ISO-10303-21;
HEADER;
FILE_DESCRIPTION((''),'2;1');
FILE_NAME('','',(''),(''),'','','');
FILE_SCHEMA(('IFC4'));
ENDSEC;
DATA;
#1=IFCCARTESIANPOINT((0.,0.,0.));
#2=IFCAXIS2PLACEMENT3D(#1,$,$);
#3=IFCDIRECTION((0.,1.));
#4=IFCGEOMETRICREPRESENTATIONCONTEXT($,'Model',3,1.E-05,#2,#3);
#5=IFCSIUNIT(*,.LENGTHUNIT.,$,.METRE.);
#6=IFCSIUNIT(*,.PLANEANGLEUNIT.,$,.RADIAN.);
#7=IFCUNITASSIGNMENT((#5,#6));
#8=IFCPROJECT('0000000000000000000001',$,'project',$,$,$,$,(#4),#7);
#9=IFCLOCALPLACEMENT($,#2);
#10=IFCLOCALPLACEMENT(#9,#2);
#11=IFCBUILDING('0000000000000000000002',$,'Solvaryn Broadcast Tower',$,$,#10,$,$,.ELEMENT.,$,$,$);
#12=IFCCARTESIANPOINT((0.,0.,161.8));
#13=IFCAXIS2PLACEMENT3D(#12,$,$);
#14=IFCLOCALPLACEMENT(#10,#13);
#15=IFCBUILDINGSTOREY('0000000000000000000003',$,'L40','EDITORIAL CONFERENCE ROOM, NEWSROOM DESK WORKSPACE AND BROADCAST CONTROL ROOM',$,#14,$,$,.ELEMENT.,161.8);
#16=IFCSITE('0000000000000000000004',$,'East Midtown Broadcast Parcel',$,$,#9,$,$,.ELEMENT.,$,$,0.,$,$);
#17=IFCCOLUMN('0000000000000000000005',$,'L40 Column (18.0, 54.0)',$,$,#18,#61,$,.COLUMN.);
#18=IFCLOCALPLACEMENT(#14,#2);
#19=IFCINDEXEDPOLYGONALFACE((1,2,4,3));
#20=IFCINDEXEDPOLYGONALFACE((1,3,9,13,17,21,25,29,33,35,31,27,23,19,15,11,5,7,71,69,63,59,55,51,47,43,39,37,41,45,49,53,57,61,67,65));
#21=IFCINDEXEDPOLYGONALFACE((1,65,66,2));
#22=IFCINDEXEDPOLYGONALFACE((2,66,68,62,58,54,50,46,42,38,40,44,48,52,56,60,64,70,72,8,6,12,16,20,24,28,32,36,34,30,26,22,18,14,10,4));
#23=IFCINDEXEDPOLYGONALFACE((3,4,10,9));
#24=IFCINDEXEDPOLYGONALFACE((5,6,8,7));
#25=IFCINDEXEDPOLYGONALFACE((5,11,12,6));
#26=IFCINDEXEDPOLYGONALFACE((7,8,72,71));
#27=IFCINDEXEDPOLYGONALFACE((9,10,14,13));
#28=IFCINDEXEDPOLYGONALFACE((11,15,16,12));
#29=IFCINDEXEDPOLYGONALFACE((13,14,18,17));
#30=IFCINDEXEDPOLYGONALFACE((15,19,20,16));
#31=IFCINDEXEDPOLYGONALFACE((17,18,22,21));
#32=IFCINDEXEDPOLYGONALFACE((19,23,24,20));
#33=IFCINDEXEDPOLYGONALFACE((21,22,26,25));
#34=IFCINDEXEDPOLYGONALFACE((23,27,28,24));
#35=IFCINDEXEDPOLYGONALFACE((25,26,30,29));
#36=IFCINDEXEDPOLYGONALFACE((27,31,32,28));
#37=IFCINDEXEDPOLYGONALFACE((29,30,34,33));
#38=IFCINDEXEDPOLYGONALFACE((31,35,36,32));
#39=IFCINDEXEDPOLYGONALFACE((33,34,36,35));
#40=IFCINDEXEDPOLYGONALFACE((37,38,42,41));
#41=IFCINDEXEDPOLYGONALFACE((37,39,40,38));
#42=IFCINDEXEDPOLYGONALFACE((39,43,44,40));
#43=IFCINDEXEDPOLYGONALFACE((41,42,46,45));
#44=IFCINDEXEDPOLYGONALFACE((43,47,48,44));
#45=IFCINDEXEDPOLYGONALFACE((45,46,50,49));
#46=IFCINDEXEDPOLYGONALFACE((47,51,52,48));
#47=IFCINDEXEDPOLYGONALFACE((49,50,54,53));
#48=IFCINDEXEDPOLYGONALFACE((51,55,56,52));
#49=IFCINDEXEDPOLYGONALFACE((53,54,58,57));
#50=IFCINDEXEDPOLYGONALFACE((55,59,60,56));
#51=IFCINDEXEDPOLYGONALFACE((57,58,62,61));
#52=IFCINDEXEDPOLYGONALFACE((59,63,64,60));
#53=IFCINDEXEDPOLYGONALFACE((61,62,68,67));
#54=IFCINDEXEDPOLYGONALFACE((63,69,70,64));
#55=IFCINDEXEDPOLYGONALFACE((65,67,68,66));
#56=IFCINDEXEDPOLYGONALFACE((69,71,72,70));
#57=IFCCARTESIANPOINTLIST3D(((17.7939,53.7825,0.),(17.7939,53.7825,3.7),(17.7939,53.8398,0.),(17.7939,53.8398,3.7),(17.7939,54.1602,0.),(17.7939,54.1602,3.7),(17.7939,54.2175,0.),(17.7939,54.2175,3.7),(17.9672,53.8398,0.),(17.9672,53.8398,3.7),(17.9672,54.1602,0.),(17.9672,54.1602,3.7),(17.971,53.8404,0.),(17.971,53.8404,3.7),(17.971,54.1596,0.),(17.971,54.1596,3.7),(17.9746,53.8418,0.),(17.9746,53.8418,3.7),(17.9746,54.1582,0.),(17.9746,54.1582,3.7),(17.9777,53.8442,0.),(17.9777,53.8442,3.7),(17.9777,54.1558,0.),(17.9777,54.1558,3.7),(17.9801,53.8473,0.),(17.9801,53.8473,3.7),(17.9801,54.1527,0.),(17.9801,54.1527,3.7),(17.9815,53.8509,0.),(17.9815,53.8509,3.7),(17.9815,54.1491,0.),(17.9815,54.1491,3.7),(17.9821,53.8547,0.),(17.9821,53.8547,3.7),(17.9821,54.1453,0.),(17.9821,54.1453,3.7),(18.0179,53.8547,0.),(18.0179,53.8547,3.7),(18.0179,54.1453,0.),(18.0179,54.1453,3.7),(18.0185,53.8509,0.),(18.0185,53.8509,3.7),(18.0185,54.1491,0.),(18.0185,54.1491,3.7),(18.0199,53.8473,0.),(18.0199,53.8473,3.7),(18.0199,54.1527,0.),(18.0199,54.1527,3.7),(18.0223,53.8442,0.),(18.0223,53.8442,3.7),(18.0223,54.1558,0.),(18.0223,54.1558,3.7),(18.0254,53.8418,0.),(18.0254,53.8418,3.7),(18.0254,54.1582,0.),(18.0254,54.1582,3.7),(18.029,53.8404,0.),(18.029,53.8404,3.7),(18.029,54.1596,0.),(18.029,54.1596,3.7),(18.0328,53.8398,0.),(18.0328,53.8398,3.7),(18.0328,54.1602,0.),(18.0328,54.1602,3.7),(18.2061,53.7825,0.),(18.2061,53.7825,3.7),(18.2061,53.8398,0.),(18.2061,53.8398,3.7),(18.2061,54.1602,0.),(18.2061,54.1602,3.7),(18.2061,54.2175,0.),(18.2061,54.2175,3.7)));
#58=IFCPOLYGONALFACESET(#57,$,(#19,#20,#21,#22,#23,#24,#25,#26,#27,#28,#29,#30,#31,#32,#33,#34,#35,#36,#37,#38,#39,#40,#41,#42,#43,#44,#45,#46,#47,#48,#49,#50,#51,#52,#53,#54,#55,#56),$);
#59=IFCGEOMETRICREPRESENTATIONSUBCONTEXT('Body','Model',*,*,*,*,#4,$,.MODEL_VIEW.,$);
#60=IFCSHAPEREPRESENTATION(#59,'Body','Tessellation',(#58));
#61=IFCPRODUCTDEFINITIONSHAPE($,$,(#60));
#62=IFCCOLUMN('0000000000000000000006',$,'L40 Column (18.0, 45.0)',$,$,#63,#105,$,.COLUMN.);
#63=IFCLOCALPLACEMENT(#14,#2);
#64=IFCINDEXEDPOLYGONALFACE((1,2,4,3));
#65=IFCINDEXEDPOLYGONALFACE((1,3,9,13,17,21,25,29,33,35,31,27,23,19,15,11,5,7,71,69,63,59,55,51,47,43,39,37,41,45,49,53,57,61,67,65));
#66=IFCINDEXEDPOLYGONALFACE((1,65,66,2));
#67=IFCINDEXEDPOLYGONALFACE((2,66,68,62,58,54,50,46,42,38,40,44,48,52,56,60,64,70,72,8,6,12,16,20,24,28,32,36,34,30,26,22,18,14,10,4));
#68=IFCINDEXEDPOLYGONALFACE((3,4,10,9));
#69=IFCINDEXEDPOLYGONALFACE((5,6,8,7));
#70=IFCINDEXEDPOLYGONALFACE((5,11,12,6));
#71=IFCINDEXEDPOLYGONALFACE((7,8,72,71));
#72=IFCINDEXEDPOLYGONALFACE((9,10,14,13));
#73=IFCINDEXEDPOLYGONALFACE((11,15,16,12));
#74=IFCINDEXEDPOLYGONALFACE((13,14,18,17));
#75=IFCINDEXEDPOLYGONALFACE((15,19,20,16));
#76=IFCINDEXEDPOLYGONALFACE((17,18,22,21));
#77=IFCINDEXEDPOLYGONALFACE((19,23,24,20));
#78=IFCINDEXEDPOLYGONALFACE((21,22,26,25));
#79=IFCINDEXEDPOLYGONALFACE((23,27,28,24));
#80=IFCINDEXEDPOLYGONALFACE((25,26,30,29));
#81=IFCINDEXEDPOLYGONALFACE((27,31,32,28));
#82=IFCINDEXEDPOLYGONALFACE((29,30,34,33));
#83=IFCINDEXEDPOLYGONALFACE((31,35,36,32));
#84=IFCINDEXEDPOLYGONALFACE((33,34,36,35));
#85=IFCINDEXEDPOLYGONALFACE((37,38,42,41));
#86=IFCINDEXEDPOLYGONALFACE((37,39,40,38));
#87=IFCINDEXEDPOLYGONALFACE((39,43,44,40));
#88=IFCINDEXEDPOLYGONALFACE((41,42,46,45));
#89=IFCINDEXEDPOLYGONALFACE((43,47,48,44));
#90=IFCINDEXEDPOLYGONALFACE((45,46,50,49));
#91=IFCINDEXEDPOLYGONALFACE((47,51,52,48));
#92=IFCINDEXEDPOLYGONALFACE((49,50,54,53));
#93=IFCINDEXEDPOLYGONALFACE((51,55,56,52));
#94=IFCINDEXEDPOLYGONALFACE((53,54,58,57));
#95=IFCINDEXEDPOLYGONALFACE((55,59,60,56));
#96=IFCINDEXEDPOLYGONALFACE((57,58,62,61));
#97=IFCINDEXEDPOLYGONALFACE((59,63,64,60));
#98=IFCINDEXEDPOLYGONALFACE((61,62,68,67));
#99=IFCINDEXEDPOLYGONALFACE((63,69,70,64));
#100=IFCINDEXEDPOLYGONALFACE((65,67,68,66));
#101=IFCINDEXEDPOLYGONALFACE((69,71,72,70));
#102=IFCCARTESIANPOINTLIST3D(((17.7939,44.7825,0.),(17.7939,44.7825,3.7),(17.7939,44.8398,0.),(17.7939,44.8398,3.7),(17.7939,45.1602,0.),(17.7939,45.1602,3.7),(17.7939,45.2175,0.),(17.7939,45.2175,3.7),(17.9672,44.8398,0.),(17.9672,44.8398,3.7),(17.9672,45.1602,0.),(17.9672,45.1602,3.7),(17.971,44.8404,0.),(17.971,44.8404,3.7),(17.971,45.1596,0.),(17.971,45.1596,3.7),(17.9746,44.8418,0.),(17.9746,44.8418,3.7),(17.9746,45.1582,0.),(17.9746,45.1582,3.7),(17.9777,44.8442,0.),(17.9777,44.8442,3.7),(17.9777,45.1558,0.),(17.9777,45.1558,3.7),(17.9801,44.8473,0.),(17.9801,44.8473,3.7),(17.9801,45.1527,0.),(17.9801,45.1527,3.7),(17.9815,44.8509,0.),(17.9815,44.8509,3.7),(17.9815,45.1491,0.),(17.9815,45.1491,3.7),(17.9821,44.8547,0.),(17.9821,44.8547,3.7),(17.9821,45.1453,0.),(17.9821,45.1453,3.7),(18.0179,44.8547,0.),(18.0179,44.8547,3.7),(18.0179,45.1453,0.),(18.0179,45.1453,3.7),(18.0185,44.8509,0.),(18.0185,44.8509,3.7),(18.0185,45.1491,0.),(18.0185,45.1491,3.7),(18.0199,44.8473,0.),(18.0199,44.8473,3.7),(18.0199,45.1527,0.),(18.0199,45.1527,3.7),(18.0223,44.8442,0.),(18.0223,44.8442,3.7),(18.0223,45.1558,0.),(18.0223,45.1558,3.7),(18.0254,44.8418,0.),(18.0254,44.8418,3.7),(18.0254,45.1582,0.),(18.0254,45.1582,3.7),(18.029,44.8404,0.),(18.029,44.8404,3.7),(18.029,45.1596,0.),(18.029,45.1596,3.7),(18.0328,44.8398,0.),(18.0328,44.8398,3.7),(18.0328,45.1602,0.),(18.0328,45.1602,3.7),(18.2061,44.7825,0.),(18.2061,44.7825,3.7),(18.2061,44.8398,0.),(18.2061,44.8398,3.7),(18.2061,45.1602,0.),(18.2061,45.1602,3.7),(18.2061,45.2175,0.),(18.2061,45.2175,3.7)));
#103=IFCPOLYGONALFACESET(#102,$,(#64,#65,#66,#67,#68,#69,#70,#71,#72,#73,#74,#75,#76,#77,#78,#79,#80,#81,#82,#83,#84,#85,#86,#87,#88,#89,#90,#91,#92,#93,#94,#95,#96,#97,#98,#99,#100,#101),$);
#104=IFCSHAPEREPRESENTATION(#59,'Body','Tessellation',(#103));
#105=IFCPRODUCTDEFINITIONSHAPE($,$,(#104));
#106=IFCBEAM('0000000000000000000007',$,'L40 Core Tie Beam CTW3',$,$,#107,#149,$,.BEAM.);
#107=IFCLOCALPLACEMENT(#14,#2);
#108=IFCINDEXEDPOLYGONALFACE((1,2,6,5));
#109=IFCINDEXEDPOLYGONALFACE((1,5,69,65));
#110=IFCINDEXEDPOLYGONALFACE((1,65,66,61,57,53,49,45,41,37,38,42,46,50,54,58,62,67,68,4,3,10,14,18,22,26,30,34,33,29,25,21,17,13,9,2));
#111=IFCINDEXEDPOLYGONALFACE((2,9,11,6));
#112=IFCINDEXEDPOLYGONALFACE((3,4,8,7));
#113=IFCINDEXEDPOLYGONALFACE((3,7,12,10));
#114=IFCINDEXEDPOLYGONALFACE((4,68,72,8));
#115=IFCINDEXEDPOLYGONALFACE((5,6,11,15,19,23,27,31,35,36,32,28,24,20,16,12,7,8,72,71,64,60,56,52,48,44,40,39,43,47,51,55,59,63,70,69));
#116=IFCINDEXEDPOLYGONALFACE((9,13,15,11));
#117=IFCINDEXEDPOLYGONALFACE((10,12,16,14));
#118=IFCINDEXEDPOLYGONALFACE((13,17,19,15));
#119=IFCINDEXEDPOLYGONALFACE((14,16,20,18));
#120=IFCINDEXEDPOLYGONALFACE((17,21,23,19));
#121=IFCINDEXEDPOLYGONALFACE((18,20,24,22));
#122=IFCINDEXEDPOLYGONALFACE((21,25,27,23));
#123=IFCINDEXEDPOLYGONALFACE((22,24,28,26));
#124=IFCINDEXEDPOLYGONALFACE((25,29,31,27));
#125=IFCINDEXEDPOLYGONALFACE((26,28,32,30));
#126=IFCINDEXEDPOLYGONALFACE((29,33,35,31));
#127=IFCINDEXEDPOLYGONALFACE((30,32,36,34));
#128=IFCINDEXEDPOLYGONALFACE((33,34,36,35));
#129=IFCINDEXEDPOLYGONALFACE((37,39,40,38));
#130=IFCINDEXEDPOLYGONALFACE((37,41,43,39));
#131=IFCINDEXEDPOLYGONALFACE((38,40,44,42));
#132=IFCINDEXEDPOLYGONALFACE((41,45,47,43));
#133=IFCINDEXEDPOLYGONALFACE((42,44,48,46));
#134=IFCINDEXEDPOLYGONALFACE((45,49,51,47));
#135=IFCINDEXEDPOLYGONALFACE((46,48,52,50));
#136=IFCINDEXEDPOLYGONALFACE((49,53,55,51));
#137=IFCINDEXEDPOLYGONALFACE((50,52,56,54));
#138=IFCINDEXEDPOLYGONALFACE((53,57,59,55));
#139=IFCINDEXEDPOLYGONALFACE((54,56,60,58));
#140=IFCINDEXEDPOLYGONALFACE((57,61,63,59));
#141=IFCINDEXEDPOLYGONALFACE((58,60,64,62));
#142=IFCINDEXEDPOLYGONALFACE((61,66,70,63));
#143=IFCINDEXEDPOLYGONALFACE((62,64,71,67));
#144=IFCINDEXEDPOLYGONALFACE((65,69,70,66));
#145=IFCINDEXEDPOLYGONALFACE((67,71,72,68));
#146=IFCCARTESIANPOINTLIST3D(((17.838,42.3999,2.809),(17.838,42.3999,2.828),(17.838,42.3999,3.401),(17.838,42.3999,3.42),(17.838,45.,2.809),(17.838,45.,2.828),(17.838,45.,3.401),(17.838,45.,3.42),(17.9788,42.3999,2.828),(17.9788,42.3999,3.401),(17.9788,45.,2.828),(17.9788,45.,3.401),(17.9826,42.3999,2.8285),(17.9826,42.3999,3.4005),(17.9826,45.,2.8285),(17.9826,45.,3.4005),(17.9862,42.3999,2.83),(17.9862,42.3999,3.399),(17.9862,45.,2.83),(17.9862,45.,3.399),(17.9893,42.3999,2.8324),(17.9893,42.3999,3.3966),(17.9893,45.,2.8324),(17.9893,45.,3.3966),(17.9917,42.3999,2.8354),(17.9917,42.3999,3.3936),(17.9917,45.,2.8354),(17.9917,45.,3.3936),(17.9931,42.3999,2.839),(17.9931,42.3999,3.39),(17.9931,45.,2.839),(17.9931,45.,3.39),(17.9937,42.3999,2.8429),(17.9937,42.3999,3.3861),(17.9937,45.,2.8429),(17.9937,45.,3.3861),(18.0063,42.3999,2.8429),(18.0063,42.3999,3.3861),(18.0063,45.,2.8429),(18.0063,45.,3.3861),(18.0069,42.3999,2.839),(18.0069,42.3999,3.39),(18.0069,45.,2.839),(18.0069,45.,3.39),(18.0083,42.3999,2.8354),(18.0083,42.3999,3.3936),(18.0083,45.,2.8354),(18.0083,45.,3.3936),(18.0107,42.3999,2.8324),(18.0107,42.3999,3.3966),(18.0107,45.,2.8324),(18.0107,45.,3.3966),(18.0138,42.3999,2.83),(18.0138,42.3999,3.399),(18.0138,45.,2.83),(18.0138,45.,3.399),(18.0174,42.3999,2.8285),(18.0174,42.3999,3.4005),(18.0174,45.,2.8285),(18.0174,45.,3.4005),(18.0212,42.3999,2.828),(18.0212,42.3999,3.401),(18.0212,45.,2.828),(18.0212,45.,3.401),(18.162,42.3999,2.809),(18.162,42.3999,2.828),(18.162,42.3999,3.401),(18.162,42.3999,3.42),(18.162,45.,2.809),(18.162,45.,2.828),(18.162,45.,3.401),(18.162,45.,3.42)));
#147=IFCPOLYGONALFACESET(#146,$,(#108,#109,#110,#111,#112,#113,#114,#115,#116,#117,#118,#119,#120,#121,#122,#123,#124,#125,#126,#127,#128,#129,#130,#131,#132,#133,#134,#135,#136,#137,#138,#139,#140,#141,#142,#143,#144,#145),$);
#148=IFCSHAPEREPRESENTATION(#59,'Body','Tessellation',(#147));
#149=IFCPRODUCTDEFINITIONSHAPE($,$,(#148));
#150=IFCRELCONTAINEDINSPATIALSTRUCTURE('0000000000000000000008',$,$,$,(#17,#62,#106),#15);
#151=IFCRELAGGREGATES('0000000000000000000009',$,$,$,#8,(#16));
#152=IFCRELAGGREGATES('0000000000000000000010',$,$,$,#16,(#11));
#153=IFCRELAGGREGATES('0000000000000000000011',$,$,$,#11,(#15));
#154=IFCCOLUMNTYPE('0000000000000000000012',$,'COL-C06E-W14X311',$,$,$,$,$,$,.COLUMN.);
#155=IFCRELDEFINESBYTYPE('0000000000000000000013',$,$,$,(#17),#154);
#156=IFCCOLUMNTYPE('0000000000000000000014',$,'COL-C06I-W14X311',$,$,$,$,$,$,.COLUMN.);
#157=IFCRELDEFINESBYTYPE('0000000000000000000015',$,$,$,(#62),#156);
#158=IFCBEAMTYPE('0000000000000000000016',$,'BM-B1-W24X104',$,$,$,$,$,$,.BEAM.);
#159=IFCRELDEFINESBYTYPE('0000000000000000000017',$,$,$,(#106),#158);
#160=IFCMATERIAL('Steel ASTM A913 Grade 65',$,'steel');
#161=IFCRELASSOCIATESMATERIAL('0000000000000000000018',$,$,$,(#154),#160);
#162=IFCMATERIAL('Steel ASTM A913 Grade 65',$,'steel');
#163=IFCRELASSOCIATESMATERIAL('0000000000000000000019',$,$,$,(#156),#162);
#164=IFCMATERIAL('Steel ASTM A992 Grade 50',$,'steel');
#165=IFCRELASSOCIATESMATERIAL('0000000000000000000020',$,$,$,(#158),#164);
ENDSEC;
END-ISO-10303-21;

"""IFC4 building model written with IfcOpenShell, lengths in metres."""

from ifc_helpers import new_model, si_unit, direction, frame, origin, origin_2d, place, context, subcontext, project, spatial, i_section, extrude, material, material_profile, profile_set, type_object, element, save


model = new_model("IFC4")

# Units and contexts
model_context = context("Model", 3, precision=1e-05, world=origin(), true_north=direction((0.0, 1.0)))
body_context = subcontext(model_context, "Body", "Model", "MODEL_VIEW")
ifc_project = project(units=[si_unit("LENGTHUNIT", "METRE"), si_unit("PLANEANGLEUNIT", "RADIAN")], contexts=[model_context])

# Site, building, storey
site_placement = place(None, origin())
site = spatial("IfcSite", under=ifc_project, at=site_placement, Name="East Midtown Broadcast Parcel", CompositionType="ELEMENT", RefElevation=0.0)
building_placement = place(site_placement, origin())
building = spatial("IfcBuilding", under=site, at=building_placement, Name="Solvaryn Broadcast Tower", CompositionType="ELEMENT")
storey_placement = place(building_placement, frame((0.0, 0.0, 161.8)))
storey = spatial("IfcBuildingStorey", under=building, at=storey_placement, Name="L40", Description="EDITORIAL CONFERENCE ROOM, NEWSROOM DESK WORKSPACE AND BROADCAST CONTROL ROOM", CompositionType="ELEMENT", Elevation=161.8)

# Columns
ifc_material_1 = material(Name="Steel ASTM A913 Grade 65", Category="steel")
ifc_material_profile_1 = material_profile(ifc_material_1, i_section(OverallWidth=0.4121, OverallDepth=0.4351, WebThickness=0.0359, FlangeThickness=0.0574, FilletRadius=0.0149, at=origin_2d()))
ifc_profile_set_1 = profile_set([ifc_material_profile_1], Name="Steel ASTM A913 Grade 65")
column_type_1 = type_object("IfcColumnType", Name="COL-C06E-W14X311", PredefinedType="COLUMN", material=ifc_profile_set_1)
column_1_placement = place(storey_placement, frame((18.0, 54.0, 0.0), z_axis=(0.0, 0.0, 1.0), x_axis=(1.0, 0.0, 0.0)))
element("IfcColumn", 1, at=column_1_placement, inside=storey, type_object=column_type_1, Name="L40 Column (18.0, 54.0)", PredefinedType="COLUMN", context=body_context, shape_type="SweptSolid", body=[
    extrude(i_section(OverallWidth=0.4121, OverallDepth=0.4351, WebThickness=0.0359, FlangeThickness=0.0574, FilletRadius=0.0149, at=origin_2d()), origin(), (0.0, 0.0, 1.0), 3.7),
])
ifc_material_2 = material(Name="Steel ASTM A913 Grade 65", Category="steel")
ifc_material_profile_2 = material_profile(ifc_material_2, i_section(OverallWidth=0.4121, OverallDepth=0.4351, WebThickness=0.0359, FlangeThickness=0.0574, FilletRadius=0.0149, at=origin_2d()))
ifc_profile_set_2 = profile_set([ifc_material_profile_2], Name="Steel ASTM A913 Grade 65")
column_type_2 = type_object("IfcColumnType", Name="COL-C06I-W14X311", PredefinedType="COLUMN", material=ifc_profile_set_2)
column_2_placement = place(storey_placement, frame((18.0, 45.0, 0.0), z_axis=(0.0, 0.0, 1.0), x_axis=(1.0, 0.0, 0.0)))
element("IfcColumn", 2, at=column_2_placement, inside=storey, type_object=column_type_2, Name="L40 Column (18.0, 45.0)", PredefinedType="COLUMN", context=body_context, shape_type="SweptSolid", body=[
    extrude(i_section(OverallWidth=0.4121, OverallDepth=0.4351, WebThickness=0.0359, FlangeThickness=0.0574, FilletRadius=0.0149, at=origin_2d()), origin(), (0.0, 0.0, 1.0), 3.7),
])

# Beam
ifc_material_3 = material(Name="Steel ASTM A992 Grade 50", Category="steel")
ifc_material_profile_3 = material_profile(ifc_material_3, i_section(OverallWidth=0.324, OverallDepth=0.6111, WebThickness=0.0127, FlangeThickness=0.019, FilletRadius=0.0149, at=origin_2d()))
ifc_profile_set_3 = profile_set([ifc_material_profile_3], Name="Steel ASTM A992 Grade 50")
beam_type_1 = type_object("IfcBeamType", Name="BM-B1-W24X104", PredefinedType="BEAM", material=ifc_profile_set_3)
beam_1_placement = place(storey_placement, frame((18.0, 42.3999, 3.1145), z_axis=(0.0, 1.0, 0.0), x_axis=(-1.0, 0.0, 0.0)))
element("IfcBeam", 3, at=beam_1_placement, inside=storey, type_object=beam_type_1, Name="L40 Core Tie Beam CTW3", PredefinedType="BEAM", context=body_context, shape_type="SweptSolid", body=[
    extrude(i_section(OverallWidth=0.324, OverallDepth=0.6111, WebThickness=0.0127, FlangeThickness=0.019, FilletRadius=0.0149, at=origin_2d()), origin(), (0.0, 0.0, 1.0), 2.6001),
])

save(model, "model.ifc")
